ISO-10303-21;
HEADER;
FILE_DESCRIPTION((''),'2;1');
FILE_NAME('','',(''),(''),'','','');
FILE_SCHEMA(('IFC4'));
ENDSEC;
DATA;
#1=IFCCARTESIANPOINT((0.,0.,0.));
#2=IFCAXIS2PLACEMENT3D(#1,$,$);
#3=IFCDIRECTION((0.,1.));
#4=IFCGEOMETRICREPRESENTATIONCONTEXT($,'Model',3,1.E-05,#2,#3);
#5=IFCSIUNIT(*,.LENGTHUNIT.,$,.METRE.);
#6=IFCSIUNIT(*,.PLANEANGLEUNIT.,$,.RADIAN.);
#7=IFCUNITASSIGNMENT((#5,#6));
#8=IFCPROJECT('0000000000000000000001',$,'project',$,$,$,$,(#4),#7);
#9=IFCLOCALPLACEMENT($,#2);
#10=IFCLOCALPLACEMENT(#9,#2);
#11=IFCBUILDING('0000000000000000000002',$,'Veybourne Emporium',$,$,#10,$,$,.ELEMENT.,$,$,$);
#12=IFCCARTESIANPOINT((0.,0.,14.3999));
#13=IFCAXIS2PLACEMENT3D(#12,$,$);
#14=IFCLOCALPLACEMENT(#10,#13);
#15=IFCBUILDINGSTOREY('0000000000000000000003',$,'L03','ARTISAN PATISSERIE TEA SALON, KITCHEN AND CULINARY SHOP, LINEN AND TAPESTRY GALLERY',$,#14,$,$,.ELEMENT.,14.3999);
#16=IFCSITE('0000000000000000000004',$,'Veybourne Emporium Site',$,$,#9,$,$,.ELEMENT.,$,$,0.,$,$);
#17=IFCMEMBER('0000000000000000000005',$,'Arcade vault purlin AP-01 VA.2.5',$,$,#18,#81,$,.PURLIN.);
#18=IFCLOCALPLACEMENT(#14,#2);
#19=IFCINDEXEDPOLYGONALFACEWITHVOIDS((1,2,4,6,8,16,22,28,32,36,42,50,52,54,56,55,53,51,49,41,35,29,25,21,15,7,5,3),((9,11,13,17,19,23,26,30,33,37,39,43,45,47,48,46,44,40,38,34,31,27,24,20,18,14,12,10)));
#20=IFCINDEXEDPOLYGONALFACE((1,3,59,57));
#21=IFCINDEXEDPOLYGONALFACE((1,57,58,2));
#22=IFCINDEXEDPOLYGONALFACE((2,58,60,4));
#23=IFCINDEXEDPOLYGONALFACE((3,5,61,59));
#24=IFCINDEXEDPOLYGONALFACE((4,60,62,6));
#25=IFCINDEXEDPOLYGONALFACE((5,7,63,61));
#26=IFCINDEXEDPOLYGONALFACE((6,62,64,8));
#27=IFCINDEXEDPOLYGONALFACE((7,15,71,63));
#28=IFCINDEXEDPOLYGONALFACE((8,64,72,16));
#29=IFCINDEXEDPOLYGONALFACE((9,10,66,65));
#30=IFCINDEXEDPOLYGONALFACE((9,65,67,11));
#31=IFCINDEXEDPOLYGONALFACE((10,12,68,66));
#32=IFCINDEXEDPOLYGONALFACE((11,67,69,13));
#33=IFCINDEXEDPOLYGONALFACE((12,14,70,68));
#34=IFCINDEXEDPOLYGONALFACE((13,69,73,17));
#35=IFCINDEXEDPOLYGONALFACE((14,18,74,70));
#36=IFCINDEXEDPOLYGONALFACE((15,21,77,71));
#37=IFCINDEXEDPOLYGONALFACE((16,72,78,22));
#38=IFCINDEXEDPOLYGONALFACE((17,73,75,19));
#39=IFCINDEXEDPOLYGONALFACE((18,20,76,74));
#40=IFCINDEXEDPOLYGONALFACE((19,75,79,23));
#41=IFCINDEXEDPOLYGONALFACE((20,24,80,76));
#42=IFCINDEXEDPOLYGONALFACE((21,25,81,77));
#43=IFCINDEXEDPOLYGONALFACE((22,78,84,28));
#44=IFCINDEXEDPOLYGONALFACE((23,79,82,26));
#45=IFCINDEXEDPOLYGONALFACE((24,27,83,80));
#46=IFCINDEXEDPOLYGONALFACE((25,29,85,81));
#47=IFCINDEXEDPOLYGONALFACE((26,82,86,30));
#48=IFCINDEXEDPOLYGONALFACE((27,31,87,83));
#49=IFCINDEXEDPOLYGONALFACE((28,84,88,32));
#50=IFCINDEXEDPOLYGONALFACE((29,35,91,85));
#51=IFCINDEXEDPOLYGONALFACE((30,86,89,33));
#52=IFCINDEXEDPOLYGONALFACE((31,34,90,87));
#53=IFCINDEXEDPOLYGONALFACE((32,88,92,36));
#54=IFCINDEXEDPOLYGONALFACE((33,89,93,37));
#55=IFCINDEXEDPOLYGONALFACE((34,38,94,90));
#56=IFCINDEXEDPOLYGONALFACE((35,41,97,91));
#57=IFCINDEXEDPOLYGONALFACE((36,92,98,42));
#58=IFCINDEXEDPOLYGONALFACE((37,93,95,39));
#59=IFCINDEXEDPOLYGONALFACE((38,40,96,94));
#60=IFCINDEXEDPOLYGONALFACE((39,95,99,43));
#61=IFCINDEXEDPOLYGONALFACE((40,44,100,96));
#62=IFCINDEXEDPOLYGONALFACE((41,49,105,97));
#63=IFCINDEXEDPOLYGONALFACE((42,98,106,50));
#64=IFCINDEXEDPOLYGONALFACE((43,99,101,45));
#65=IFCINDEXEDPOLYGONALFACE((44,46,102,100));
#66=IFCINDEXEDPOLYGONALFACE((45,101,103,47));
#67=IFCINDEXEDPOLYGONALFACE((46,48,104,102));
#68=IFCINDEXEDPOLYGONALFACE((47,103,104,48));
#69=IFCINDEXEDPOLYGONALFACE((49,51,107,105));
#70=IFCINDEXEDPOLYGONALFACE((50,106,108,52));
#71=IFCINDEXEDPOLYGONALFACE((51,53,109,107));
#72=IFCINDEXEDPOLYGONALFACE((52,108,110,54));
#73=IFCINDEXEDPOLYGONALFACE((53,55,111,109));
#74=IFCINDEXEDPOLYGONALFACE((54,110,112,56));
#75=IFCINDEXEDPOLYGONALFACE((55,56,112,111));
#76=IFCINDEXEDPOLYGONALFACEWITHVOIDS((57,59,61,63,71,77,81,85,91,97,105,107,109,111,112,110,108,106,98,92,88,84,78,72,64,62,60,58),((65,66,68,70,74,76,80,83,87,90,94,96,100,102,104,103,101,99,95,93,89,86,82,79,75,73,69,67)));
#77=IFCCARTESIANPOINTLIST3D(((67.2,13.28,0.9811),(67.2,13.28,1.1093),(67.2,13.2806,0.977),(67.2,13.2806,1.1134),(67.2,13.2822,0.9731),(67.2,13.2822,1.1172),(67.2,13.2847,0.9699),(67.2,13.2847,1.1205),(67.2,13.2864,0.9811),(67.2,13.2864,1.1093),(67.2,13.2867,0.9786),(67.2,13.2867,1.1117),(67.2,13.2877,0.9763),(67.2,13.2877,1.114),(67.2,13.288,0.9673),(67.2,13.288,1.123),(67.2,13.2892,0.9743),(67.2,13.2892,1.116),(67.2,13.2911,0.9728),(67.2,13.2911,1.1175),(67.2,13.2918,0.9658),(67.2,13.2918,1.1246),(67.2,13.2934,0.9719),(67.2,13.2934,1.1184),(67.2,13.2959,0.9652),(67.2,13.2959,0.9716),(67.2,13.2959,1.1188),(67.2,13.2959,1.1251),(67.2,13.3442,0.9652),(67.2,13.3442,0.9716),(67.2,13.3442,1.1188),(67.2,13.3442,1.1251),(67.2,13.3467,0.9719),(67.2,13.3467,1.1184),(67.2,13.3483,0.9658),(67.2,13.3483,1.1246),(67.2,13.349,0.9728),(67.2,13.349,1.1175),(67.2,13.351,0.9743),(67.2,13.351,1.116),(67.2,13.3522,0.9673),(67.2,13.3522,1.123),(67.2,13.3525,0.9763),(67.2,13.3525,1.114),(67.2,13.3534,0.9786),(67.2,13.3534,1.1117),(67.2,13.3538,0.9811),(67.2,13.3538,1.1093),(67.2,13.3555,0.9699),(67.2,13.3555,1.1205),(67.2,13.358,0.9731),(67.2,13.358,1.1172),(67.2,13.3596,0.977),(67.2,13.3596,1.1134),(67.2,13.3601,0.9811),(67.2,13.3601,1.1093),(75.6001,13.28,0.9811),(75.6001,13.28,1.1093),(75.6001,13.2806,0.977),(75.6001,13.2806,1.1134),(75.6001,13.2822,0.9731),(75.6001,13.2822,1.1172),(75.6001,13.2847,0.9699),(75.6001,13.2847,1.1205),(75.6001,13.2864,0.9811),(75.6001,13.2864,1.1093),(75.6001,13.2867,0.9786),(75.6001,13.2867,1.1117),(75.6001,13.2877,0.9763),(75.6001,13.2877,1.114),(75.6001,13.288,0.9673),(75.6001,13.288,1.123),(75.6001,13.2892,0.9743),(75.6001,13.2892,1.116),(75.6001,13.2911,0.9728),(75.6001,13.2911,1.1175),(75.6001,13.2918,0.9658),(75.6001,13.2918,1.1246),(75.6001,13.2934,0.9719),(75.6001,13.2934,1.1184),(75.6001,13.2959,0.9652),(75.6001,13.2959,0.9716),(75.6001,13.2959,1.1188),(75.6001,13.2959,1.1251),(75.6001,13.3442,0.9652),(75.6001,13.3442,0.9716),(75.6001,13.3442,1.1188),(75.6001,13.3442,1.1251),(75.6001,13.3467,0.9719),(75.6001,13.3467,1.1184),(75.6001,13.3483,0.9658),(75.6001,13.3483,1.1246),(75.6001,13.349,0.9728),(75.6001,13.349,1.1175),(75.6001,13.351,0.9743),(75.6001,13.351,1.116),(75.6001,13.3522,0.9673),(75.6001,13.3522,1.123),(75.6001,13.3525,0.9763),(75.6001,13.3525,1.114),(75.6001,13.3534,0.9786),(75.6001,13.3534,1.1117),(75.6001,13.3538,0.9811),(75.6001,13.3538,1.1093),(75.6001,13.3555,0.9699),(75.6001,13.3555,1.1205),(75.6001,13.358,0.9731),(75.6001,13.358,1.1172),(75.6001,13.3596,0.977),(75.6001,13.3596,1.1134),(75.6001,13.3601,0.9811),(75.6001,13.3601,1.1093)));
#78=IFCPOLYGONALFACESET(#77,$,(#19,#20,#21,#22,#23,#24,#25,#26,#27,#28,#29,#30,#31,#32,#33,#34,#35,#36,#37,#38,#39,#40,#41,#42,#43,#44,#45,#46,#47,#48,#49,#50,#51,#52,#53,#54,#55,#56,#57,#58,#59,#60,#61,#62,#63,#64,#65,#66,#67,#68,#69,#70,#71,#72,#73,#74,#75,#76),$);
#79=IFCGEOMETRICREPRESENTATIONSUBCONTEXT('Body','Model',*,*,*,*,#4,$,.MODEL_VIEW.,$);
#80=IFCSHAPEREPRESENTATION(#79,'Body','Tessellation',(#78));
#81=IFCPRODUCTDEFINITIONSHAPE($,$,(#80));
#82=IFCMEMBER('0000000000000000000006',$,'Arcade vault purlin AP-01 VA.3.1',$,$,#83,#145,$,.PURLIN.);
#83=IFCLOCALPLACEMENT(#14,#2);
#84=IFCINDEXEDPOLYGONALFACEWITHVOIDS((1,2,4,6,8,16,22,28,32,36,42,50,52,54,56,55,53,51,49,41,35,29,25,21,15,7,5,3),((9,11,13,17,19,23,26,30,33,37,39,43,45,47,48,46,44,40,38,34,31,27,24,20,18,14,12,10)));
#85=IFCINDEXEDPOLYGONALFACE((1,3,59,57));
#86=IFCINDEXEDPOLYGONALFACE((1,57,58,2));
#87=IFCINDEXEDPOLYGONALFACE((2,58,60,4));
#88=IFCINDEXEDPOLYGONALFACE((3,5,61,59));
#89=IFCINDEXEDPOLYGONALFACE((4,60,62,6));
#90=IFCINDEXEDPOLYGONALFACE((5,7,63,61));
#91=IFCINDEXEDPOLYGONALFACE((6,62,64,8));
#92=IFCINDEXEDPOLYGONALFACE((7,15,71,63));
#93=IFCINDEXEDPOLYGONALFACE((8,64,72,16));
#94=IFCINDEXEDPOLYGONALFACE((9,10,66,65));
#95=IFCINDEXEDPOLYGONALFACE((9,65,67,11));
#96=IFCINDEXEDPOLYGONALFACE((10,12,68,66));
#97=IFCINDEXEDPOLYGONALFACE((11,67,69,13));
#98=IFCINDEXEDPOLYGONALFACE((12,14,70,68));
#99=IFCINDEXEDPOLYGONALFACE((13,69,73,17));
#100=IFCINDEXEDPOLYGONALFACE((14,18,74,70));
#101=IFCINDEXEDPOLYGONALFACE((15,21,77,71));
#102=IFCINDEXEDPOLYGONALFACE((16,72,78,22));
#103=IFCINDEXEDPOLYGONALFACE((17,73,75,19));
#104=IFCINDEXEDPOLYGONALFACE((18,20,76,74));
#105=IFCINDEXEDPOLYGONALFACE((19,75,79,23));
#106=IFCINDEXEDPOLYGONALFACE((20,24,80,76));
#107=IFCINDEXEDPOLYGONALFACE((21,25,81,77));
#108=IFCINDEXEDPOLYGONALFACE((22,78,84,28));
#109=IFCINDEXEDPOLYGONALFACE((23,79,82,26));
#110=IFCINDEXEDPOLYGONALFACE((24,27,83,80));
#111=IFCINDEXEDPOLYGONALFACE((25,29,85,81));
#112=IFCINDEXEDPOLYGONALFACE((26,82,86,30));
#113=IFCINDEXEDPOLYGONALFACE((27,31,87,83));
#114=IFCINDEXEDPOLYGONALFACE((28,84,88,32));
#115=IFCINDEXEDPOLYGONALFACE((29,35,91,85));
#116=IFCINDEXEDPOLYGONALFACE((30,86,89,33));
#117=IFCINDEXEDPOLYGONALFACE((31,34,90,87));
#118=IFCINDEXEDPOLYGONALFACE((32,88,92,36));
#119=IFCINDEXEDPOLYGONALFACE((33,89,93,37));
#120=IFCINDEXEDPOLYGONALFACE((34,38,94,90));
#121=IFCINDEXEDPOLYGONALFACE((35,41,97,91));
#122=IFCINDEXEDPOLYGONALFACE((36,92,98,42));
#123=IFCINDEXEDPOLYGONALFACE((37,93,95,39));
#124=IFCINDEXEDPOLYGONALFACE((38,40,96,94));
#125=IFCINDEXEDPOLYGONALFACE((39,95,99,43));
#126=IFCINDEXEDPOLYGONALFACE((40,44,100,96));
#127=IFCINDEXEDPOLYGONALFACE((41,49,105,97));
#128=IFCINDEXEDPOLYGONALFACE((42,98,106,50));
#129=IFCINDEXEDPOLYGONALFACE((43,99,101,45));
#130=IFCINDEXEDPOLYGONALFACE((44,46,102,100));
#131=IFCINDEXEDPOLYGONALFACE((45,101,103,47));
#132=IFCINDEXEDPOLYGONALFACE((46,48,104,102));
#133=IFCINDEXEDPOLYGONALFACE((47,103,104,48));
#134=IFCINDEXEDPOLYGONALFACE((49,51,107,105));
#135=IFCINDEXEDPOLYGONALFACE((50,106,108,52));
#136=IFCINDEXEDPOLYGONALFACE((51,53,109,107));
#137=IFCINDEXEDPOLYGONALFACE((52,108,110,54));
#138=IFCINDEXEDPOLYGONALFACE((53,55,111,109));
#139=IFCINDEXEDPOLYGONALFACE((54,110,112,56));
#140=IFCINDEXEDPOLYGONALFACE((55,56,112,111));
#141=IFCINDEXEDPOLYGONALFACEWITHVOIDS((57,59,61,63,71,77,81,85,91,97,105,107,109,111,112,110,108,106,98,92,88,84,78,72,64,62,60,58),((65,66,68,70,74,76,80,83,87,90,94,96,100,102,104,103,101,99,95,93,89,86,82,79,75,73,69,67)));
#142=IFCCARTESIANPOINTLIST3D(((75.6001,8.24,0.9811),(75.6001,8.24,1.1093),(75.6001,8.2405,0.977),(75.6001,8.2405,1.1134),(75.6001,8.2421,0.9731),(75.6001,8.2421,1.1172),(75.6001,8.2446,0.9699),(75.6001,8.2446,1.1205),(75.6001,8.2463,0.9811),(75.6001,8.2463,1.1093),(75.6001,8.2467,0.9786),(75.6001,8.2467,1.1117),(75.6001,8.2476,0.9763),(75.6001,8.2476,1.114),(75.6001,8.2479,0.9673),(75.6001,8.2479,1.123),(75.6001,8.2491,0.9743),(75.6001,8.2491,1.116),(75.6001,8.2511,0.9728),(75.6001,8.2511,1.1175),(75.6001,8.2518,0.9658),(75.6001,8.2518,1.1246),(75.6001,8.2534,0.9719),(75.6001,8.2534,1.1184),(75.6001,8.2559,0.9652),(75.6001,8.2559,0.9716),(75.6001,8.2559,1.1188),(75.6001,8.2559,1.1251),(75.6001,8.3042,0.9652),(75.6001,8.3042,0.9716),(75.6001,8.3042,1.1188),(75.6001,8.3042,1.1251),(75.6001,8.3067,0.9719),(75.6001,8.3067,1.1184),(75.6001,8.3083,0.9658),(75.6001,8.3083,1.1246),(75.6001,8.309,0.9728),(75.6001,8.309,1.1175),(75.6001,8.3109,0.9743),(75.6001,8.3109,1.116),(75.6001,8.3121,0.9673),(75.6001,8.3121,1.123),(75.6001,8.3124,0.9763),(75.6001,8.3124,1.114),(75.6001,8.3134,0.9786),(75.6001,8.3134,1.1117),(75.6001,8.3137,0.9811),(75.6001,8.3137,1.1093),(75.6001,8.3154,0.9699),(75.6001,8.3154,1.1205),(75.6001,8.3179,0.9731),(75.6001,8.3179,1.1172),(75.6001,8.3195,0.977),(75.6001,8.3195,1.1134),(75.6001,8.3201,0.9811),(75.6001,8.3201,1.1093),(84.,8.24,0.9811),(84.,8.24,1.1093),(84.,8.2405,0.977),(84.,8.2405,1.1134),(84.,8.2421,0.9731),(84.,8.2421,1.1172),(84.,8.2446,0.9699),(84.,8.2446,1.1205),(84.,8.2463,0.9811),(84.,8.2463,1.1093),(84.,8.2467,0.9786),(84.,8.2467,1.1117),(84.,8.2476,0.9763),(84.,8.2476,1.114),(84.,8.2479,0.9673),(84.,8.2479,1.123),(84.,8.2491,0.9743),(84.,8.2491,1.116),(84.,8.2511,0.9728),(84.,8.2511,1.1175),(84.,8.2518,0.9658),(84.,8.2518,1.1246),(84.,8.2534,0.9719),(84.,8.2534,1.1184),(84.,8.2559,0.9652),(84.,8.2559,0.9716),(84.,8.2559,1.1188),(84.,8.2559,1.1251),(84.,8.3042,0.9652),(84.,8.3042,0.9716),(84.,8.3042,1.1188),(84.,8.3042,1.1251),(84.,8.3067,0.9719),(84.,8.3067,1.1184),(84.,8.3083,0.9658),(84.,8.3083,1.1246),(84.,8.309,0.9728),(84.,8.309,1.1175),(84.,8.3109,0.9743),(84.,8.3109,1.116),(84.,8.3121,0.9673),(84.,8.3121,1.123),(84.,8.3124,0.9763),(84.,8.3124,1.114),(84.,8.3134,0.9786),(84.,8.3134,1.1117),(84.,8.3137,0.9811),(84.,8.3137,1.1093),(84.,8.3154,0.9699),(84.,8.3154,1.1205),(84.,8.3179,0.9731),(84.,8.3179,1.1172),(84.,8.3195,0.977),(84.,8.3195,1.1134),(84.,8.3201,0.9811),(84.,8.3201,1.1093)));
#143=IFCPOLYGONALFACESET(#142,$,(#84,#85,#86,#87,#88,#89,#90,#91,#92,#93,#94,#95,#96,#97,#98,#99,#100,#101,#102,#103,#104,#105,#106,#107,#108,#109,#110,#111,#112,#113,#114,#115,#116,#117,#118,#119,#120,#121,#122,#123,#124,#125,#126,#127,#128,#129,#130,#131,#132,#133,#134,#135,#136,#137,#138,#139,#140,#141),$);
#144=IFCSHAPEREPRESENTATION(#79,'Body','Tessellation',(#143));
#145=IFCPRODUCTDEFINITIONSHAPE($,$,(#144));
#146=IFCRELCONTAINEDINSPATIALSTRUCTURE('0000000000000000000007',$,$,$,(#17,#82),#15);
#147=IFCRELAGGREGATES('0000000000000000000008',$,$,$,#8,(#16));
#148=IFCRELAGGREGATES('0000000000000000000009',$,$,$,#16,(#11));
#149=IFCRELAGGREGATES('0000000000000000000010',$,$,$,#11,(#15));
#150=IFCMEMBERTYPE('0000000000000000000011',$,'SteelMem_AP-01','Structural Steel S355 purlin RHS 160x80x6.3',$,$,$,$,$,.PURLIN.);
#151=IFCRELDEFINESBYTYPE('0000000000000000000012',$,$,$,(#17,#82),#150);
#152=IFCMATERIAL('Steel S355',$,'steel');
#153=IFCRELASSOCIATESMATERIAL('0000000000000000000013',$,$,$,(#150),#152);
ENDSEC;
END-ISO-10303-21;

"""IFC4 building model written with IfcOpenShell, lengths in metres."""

from ifc_helpers import new_model, si_unit, direction, frame, origin, origin_2d, place, context, subcontext, project, spatial, hollow_rectangle, extrude, material, material_profile, profile_set, type_object, element, save


model = new_model("IFC4")

# Units and contexts
model_context = context("Model", 3, precision=1e-05, world=origin(), true_north=direction((0.0, 1.0)))
body_context = subcontext(model_context, "Body", "Model", "MODEL_VIEW")
ifc_project = project(units=[si_unit("LENGTHUNIT", "METRE"), si_unit("PLANEANGLEUNIT", "RADIAN")], contexts=[model_context])

# Site, building, storey
site_placement = place(None, origin())
site = spatial("IfcSite", under=ifc_project, at=site_placement, Name="Veybourne Emporium Site", CompositionType="ELEMENT", RefElevation=0.0)
building_placement = place(site_placement, origin())
building = spatial("IfcBuilding", under=site, at=building_placement, Name="Veybourne Emporium", CompositionType="ELEMENT")
storey_placement = place(building_placement, frame((0.0, 0.0, 14.3999)))
storey = spatial("IfcBuildingStorey", under=building, at=storey_placement, Name="L03", Description="ARTISAN PATISSERIE TEA SALON, KITCHEN AND CULINARY SHOP, LINEN AND TAPESTRY GALLERY", CompositionType="ELEMENT", Elevation=14.3999)

# Shared definitions
ifc_material_1 = material(Name="Steel S355", Category="steel")

# Members
ifc_material_profile_1 = material_profile(ifc_material_1, hollow_rectangle(XDim=0.0801, YDim=0.1599, WallThickness=0.0063, InnerFilletRadius=0.0095, OuterFilletRadius=0.0159, at=origin_2d()), Name="RHS 160x80x6.3")
ifc_profile_set_1 = profile_set([ifc_material_profile_1], Name="Steel S355")
member_type_1 = type_object("IfcMemberType", Name="SteelMem_AP-01", Description="Structural Steel S355 purlin RHS 160x80x6.3", PredefinedType="PURLIN", material=ifc_profile_set_1)
member_1_placement = place(storey_placement, frame((67.2, 13.3201, 1.0452), z_axis=(1.0, 0.0, 0.0), x_axis=(0.0, 1.0, 0.0)))
element("IfcMember", 1, at=member_1_placement, inside=storey, type_object=member_type_1, Name="Arcade vault purlin AP-01 VA.2.5", PredefinedType="PURLIN", context=body_context, shape_type="SweptSolid", body=[
    extrude(hollow_rectangle(XDim=0.0801, YDim=0.1599, WallThickness=0.0063, InnerFilletRadius=0.0095, OuterFilletRadius=0.0159, at=origin_2d()), origin(), (0.0, 0.0, 1.0), 8.4001),
])
for number, where, z_axis, x_axis, name in (
    (2, (75.6001, 8.28, 1.0452), (1.0, 0.0, 0.0), (0.0, 1.0, 0.0), "Arcade vault purlin AP-01 VA.3.1"),
):
    element("IfcMember", number, at=place(storey_placement, frame(where, z_axis=z_axis, x_axis=x_axis)), inside=storey, type_object=member_type_1, Name=name, PredefinedType="PURLIN", context=body_context, shape_type="SweptSolid", body=[
        extrude(hollow_rectangle(XDim=0.0801, YDim=0.1599, WallThickness=0.0063, InnerFilletRadius=0.0095, OuterFilletRadius=0.0159, at=origin_2d()), origin(), (0.0, 0.0, 1.0), 8.3999),
    ])

save(model, "model.ifc")
